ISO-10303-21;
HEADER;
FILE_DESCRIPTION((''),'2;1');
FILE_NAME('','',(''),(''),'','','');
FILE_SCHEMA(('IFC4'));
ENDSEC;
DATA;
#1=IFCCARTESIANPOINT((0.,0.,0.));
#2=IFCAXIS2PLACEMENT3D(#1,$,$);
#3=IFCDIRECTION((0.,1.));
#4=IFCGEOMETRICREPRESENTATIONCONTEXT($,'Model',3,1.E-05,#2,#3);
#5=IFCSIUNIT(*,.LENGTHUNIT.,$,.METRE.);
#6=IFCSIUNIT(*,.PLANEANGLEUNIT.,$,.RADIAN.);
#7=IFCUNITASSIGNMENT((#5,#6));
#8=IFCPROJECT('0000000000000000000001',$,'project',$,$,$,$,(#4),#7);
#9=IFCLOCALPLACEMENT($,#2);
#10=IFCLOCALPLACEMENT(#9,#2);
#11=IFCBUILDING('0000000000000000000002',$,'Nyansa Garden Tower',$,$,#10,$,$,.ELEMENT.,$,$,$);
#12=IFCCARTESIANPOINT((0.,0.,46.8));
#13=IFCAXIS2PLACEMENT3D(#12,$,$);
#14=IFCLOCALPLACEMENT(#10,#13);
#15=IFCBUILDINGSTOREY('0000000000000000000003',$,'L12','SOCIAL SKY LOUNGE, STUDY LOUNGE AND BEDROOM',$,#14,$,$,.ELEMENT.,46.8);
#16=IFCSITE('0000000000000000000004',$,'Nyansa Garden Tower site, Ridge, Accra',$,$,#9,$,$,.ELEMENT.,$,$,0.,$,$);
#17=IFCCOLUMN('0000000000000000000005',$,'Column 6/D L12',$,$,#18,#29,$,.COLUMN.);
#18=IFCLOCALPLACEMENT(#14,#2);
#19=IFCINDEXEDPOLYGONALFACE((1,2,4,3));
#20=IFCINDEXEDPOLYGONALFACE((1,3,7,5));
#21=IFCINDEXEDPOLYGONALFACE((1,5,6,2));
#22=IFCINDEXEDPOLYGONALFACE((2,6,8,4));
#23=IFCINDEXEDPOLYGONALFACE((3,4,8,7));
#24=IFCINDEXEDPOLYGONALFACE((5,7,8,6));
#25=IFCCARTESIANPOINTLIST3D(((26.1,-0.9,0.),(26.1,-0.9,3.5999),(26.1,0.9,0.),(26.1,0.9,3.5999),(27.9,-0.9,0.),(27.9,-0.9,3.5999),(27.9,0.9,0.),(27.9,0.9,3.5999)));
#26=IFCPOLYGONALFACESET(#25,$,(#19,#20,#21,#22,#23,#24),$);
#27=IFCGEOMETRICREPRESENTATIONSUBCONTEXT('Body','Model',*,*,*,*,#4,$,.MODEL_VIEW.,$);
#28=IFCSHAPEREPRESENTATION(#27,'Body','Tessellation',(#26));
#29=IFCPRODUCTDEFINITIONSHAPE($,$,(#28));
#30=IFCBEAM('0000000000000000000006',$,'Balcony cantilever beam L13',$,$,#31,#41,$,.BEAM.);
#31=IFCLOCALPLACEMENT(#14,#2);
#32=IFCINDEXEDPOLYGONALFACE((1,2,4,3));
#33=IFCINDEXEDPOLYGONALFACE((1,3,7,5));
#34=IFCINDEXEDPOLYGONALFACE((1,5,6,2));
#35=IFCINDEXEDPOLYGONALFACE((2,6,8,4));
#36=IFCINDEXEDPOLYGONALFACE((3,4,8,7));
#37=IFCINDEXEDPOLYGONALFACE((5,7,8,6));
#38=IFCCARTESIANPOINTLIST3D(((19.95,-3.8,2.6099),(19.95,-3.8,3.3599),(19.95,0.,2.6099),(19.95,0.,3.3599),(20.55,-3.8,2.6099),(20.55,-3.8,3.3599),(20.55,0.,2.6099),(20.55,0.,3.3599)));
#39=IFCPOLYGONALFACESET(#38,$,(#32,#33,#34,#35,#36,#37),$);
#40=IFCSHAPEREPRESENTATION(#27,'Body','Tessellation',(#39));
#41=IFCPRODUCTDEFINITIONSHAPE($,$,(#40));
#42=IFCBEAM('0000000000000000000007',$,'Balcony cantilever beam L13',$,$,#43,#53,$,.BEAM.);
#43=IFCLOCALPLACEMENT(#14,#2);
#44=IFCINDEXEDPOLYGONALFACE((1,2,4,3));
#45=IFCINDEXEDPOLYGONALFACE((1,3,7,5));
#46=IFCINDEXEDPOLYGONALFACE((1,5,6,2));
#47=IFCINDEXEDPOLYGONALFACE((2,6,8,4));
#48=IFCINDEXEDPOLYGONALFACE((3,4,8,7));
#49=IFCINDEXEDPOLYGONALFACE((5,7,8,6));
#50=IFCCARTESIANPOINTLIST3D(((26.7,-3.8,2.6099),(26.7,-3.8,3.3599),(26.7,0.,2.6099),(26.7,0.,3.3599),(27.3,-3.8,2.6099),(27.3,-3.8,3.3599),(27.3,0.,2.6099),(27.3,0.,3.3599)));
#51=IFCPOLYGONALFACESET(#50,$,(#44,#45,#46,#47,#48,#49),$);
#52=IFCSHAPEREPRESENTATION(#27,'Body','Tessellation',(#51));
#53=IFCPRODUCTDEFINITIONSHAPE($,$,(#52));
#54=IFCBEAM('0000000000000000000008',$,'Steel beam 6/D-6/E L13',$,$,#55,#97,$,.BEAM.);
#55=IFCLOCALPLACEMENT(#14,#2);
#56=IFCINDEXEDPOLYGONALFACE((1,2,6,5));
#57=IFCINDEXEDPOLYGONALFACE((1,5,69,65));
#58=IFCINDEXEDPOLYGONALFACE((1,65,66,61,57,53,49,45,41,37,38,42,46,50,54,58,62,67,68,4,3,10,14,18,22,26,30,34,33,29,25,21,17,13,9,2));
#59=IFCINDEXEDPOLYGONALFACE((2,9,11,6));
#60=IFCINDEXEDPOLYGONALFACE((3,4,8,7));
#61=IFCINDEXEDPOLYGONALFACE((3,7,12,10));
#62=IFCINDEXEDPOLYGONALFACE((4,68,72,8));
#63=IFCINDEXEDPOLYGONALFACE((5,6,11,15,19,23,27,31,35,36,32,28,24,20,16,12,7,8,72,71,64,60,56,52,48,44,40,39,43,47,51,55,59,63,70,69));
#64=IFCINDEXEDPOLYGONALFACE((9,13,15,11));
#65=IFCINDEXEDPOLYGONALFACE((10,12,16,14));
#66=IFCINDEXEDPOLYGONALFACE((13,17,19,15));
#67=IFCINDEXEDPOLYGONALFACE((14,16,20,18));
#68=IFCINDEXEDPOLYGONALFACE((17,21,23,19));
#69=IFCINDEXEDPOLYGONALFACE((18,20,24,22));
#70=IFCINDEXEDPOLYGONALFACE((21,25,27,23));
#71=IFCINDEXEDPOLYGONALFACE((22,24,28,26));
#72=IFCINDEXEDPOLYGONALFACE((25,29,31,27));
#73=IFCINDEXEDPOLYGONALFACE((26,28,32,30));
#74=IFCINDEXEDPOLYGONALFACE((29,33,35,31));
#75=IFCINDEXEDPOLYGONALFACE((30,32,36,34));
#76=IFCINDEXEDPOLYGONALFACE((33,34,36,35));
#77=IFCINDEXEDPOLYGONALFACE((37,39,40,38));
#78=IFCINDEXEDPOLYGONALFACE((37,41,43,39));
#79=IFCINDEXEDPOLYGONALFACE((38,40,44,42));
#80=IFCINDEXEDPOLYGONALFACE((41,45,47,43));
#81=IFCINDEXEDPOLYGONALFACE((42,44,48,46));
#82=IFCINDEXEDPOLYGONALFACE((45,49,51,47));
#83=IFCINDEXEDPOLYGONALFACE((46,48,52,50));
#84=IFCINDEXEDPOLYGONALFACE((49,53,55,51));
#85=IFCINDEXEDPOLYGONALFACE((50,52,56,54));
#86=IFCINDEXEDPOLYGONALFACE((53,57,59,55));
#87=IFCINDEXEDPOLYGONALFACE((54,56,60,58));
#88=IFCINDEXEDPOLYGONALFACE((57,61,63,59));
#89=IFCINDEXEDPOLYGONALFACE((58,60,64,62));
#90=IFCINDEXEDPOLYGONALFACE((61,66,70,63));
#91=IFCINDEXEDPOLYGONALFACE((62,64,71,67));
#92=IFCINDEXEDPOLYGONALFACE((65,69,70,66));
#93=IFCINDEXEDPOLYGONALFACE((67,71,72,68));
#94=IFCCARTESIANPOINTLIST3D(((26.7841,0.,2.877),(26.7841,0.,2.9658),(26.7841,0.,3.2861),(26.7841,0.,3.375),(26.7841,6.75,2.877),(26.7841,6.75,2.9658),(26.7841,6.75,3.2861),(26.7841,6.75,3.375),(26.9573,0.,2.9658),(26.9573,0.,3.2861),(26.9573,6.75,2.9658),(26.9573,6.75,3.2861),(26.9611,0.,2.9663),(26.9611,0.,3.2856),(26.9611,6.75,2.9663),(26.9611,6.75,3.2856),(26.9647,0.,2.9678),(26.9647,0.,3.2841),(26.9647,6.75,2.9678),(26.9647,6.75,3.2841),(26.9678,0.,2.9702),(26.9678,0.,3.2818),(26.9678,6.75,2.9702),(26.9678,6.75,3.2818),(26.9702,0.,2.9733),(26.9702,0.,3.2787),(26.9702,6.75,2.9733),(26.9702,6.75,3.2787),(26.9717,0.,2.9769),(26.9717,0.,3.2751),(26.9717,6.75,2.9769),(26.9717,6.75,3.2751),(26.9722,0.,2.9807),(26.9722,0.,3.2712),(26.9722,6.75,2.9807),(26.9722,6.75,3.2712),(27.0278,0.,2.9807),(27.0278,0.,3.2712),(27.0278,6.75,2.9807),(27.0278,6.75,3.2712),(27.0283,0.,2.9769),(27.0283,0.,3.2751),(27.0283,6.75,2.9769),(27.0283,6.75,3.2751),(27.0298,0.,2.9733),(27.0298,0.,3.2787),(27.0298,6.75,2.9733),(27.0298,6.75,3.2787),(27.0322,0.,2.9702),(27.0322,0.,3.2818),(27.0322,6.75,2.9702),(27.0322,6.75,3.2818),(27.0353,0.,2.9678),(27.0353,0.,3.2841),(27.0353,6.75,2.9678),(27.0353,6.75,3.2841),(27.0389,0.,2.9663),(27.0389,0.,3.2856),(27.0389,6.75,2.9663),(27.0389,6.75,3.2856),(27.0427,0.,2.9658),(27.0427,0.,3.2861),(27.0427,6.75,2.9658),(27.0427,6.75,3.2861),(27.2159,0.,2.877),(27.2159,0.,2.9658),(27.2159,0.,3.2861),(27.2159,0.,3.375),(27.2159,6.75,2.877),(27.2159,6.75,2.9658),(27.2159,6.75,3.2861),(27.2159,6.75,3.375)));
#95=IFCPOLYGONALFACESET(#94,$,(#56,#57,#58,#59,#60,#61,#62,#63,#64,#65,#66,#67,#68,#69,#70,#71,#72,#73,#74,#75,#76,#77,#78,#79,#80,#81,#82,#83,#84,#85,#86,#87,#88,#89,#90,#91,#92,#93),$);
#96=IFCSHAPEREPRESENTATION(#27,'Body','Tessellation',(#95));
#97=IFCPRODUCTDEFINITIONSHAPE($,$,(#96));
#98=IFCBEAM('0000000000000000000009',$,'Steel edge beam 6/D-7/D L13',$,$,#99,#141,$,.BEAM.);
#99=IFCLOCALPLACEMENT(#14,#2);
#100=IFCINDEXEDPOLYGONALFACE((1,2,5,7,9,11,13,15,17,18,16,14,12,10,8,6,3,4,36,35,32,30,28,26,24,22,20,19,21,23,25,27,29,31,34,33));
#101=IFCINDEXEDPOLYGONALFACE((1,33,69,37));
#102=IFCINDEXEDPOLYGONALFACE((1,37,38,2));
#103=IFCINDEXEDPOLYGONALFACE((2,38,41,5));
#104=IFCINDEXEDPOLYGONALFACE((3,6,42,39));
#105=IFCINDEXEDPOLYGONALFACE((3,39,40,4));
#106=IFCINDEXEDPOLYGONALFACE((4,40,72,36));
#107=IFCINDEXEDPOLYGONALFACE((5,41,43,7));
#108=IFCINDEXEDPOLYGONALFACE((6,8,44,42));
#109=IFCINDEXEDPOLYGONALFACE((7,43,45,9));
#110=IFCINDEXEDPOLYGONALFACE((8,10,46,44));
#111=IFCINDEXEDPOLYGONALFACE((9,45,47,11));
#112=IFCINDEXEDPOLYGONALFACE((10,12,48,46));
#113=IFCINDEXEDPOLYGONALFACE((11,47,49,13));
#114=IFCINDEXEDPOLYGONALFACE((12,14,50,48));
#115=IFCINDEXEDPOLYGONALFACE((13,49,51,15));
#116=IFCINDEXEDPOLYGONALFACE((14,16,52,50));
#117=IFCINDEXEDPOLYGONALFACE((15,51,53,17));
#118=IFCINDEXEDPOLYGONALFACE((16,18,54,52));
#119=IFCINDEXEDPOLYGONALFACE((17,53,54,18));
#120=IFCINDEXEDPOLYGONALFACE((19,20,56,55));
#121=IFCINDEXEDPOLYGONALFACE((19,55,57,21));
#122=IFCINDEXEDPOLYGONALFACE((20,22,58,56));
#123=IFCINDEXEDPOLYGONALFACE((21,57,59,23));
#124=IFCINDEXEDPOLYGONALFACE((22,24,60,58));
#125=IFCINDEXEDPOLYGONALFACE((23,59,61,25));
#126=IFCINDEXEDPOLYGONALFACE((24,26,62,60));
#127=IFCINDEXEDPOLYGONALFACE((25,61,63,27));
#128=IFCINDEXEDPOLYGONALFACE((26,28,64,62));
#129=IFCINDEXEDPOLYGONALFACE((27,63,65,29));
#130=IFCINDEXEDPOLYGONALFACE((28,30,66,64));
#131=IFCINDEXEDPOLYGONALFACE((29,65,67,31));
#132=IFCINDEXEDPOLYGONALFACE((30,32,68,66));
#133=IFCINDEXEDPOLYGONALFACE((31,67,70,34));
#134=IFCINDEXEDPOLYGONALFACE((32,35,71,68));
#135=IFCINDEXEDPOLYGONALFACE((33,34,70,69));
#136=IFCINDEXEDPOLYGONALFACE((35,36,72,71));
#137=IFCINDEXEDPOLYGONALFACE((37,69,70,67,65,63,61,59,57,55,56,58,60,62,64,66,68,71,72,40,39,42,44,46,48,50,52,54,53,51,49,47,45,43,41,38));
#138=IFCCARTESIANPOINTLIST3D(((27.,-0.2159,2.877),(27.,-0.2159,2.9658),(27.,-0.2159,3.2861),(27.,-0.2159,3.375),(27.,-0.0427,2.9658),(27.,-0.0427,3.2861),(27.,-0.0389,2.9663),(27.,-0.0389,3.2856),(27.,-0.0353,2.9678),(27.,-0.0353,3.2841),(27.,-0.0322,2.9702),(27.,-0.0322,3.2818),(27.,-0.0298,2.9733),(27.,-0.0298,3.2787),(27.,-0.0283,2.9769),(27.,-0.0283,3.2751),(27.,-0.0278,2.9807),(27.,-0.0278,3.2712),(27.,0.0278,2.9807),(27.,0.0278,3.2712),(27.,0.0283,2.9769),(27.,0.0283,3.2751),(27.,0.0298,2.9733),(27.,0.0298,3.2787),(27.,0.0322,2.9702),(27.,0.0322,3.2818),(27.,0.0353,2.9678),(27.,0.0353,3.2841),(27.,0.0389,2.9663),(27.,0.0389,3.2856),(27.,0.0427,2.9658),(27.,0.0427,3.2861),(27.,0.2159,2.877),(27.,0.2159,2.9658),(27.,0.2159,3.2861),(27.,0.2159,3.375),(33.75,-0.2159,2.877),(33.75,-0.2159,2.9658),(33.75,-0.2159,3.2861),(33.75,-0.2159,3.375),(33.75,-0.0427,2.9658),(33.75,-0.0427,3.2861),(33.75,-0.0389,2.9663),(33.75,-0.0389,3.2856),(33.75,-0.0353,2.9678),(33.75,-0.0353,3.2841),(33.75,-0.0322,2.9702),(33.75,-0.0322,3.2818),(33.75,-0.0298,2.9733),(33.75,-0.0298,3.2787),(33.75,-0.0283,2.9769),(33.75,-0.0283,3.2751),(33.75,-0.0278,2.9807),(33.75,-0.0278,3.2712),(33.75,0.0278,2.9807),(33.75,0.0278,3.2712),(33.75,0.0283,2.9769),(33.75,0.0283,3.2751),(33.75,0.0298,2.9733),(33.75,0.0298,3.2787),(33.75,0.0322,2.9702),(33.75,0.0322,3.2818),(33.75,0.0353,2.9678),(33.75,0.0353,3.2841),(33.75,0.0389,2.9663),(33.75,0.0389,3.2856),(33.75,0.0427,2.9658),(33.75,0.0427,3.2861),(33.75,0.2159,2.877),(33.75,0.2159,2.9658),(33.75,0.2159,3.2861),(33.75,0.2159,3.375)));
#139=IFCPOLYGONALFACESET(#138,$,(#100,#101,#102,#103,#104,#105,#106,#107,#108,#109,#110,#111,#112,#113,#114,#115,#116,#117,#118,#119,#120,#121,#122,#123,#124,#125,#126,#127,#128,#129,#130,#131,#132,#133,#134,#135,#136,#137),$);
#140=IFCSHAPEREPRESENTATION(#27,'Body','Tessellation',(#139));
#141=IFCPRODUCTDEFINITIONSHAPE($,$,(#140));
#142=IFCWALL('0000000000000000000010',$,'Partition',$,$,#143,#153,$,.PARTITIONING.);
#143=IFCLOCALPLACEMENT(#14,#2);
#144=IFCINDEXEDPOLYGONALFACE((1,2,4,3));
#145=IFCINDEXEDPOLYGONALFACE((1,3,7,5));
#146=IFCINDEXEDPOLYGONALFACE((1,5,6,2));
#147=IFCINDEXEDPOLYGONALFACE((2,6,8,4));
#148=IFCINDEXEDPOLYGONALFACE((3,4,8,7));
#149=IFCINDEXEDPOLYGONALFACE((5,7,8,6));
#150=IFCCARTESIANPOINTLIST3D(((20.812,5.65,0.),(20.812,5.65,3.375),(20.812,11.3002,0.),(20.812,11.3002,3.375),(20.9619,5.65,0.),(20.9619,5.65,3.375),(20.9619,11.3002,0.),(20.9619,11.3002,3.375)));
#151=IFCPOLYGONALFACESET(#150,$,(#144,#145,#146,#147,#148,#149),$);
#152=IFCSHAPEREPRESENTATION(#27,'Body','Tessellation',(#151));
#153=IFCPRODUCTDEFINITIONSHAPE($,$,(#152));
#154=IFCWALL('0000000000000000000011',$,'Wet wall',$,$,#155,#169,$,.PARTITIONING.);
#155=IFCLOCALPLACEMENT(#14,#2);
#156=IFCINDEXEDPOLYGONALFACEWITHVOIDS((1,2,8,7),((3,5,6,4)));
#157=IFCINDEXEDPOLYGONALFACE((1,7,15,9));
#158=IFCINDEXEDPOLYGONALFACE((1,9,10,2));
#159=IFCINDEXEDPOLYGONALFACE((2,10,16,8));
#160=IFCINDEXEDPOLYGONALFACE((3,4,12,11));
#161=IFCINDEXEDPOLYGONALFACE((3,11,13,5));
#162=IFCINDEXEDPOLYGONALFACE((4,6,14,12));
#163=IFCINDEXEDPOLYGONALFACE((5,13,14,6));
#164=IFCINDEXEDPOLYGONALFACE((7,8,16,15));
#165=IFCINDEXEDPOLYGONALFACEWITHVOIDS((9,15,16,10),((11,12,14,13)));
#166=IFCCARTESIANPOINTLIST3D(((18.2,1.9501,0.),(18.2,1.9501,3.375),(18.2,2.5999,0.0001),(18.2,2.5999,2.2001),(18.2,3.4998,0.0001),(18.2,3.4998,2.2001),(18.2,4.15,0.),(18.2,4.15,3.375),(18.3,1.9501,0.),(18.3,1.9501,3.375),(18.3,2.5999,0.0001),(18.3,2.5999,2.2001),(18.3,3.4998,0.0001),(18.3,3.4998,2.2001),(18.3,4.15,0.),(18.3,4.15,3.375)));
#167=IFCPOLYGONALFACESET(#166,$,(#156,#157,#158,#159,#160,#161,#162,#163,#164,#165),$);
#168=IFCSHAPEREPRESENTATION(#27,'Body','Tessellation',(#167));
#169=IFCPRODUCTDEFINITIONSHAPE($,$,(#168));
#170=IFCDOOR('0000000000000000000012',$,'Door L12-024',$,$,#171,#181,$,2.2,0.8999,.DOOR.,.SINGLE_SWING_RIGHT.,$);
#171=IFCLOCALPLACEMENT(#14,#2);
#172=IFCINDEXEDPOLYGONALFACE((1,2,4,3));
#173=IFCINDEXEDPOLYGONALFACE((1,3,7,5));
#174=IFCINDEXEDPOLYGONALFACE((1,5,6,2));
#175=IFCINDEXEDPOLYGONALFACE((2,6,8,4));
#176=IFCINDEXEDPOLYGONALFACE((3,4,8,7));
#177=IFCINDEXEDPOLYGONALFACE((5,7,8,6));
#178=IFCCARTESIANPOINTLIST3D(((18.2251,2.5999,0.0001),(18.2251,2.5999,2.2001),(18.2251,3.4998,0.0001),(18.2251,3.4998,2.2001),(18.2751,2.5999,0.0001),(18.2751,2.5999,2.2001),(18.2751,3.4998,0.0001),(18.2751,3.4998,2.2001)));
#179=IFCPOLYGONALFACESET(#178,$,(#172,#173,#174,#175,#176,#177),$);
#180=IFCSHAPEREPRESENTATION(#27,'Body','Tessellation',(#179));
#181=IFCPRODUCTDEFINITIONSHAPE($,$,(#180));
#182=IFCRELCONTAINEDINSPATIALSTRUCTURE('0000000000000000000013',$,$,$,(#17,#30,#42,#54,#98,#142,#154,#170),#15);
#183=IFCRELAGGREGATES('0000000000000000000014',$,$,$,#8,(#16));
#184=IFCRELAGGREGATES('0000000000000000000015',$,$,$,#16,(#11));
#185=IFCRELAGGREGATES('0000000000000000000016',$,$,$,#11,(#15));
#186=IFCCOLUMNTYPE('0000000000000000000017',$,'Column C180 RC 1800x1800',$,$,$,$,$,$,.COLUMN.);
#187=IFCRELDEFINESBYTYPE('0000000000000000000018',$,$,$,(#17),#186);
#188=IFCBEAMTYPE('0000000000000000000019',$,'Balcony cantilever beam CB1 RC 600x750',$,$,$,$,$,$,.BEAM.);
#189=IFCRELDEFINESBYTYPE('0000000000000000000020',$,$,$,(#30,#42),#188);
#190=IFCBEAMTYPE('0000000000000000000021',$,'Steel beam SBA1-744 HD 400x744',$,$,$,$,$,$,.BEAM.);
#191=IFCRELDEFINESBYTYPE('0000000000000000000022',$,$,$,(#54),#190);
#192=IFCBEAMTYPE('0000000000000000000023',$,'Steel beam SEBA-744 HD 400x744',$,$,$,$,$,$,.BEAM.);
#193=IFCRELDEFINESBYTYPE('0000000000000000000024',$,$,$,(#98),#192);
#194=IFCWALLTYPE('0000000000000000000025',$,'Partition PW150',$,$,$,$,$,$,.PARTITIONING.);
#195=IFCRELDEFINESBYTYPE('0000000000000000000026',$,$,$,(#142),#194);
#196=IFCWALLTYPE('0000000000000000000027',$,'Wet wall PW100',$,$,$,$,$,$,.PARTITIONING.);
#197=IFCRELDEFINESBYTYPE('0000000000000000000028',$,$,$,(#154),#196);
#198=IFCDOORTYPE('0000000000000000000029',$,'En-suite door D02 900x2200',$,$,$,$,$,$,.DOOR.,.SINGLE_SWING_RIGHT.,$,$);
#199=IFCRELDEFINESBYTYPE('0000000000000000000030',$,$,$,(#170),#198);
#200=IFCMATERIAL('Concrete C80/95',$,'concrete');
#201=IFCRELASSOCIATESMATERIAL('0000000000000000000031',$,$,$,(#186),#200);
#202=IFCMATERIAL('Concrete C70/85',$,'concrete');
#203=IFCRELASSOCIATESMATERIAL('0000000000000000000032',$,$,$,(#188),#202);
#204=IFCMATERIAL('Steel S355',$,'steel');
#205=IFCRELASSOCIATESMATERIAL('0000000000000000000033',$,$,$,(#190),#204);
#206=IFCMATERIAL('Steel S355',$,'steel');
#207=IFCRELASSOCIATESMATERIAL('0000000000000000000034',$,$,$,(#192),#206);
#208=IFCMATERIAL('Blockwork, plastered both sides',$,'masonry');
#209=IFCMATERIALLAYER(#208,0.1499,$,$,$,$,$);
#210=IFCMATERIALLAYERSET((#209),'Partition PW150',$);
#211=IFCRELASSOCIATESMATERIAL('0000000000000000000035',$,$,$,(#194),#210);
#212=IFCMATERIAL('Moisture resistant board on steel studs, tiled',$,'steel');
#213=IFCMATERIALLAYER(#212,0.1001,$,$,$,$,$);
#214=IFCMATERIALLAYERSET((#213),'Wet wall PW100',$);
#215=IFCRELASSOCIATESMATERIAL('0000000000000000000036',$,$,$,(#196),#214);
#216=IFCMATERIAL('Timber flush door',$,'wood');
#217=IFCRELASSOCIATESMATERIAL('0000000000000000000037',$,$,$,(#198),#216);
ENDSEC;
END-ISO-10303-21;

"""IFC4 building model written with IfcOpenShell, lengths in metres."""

from ifc_helpers import new_model, si_unit, direction, frame, frame_2d, origin, origin_2d, place, context, subcontext, project, spatial, rectangle, i_section, extrude, material, layer, layer_set, material_profile, profile_set, type_object, element, fill, save


model = new_model("IFC4")

# Units and contexts
model_context = context("Model", 3, precision=1e-05, world=origin(), true_north=direction((0.0, 1.0)))
body_context = subcontext(model_context, "Body", "Model", "MODEL_VIEW")
ifc_project = project(units=[si_unit("LENGTHUNIT", "METRE"), si_unit("PLANEANGLEUNIT", "RADIAN")], contexts=[model_context])

# Site, building, storey
site_placement = place(None, origin())
site = spatial("IfcSite", under=ifc_project, at=site_placement, Name="Nyansa Garden Tower site, Ridge, Accra", CompositionType="ELEMENT", RefElevation=0.0)
building_placement = place(site_placement, origin())
building = spatial("IfcBuilding", under=site, at=building_placement, Name="Nyansa Garden Tower", CompositionType="ELEMENT")
storey_placement = place(building_placement, frame((0.0, 0.0, 46.8)))
storey = spatial("IfcBuildingStorey", under=building, at=storey_placement, Name="L12", Description="SOCIAL SKY LOUNGE, STUDY LOUNGE AND BEDROOM", CompositionType="ELEMENT", Elevation=46.8)

# Column
ifc_material_1 = material(Name="Concrete C80/95", Category="concrete")
ifc_material_profile_1 = material_profile(ifc_material_1, rectangle(XDim=1.8, YDim=1.8, at=origin_2d()), Name="RC 1800x1800")
ifc_profile_set_1 = profile_set([ifc_material_profile_1], Name="Concrete C80/95")
column_type = type_object("IfcColumnType", Name="Column C180 RC 1800x1800", PredefinedType="COLUMN", material=ifc_profile_set_1)
column_placement = place(storey_placement, frame((27.0, 0.0, 0.0), z_axis=(0.0, 0.0, 1.0), x_axis=(1.0, 0.0, 0.0)))
element("IfcColumn", 1, at=column_placement, inside=storey, type_object=column_type, Name="Column 6/D L12", PredefinedType="COLUMN", context=body_context, shape_type="SweptSolid", body=[
    extrude(rectangle(XDim=1.8, YDim=1.8, at=origin_2d()), origin(), (0.0, 0.0, 1.0), 3.5999),
])

# Beams
ifc_material_2 = material(Name="Concrete C70/85", Category="concrete")
ifc_material_profile_2 = material_profile(ifc_material_2, rectangle(XDim=0.6001, YDim=0.75, at=origin_2d()), Name="RC 600x750")
ifc_profile_set_2 = profile_set([ifc_material_profile_2], Name="Concrete C70/85")
beam_type_1 = type_object("IfcBeamType", Name="Balcony cantilever beam CB1 RC 600x750", PredefinedType="BEAM", material=ifc_profile_set_2)
for number, where, z_axis, x_axis, name in (
    (2, (20.25, 0.0, 2.9849), (0.0, -1.0, 0.0), (1.0, 0.0, 0.0), "Balcony cantilever beam L13"),
    (3, (27.0, 0.0, 2.9849), (0.0, -1.0, 0.0), (1.0, 0.0, 0.0), "Balcony cantilever beam L13"),
):
    element("IfcBeam", number, at=place(storey_placement, frame(where, z_axis=z_axis, x_axis=x_axis)), inside=storey, type_object=beam_type_1, Name=name, PredefinedType="BEAM", context=body_context, shape_type="SweptSolid", body=[
        extrude(rectangle(XDim=0.6001, YDim=0.75, at=origin_2d()), origin(), (0.0, 0.0, 1.0), 3.8),
    ])
ifc_material_3 = material(Name="Steel S355", Category="steel")
ifc_material_profile_3 = material_profile(ifc_material_3, i_section(OverallWidth=0.4319, OverallDepth=0.498, WebThickness=0.0557, FlangeThickness=0.0889, FilletRadius=0.0149, at=origin_2d()), Name="HD 400x744")
ifc_profile_set_3 = profile_set([ifc_material_profile_3], Name="Steel S355")
beam_type_2 = type_object("IfcBeamType", Name="Steel beam SBA1-744 HD 400x744", PredefinedType="BEAM", material=ifc_profile_set_3)
beam_1_placement = place(storey_placement, frame((27.0, 0.0, 3.126), z_axis=(0.0, 1.0, 0.0), x_axis=(-1.0, 0.0, 0.0)))
element("IfcBeam", 4, at=beam_1_placement, inside=storey, type_object=beam_type_2, Name="Steel beam 6/D-6/E L13", PredefinedType="BEAM", context=body_context, shape_type="SweptSolid", body=[
    extrude(i_section(OverallWidth=0.4319, OverallDepth=0.498, WebThickness=0.0557, FlangeThickness=0.0889, FilletRadius=0.0149, at=origin_2d()), origin(), (0.0, 0.0, 1.0), 6.75),
])
ifc_material_4 = material(Name="Steel S355", Category="steel")
ifc_material_profile_4 = material_profile(ifc_material_4, i_section(OverallWidth=0.4319, OverallDepth=0.498, WebThickness=0.0557, FlangeThickness=0.0889, FilletRadius=0.0149, at=origin_2d()), Name="HD 400x744")
ifc_profile_set_4 = profile_set([ifc_material_profile_4], Name="Steel S355")
beam_type_3 = type_object("IfcBeamType", Name="Steel beam SEBA-744 HD 400x744", PredefinedType="BEAM", material=ifc_profile_set_4)
beam_2_placement = place(storey_placement, frame((27.0, 0.0, 3.126), z_axis=(1.0, 0.0, 0.0), x_axis=(0.0, 1.0, 0.0)))
element("IfcBeam", 5, at=beam_2_placement, inside=storey, type_object=beam_type_3, Name="Steel edge beam 6/D-7/D L13", PredefinedType="BEAM", context=body_context, shape_type="SweptSolid", body=[
    extrude(i_section(OverallWidth=0.4319, OverallDepth=0.498, WebThickness=0.0557, FlangeThickness=0.0889, FilletRadius=0.0149, at=origin_2d()), origin(), (0.0, 0.0, 1.0), 6.75),
])

# Wall
ifc_material_5 = material(Name="Blockwork, plastered both sides", Category="masonry")
ifc_layer_1 = layer(ifc_material_5, 0.1499)
ifc_layer_set_1 = layer_set([ifc_layer_1], Name="Partition PW150")
wall_type_1 = type_object("IfcWallType", Name="Partition PW150", PredefinedType="PARTITIONING", material=ifc_layer_set_1)
wall_1_placement = place(storey_placement, frame((20.887, 5.6499, 0.0), z_axis=(0.0, 0.0, 1.0), x_axis=(0.0, 1.0, 0.0)))
element("IfcWall", 6, at=wall_1_placement, inside=storey, type_object=wall_type_1, Name="Partition", PredefinedType="PARTITIONING", context=body_context, shape_type="SweptSolid", body=[
    extrude(rectangle(XDim=5.6501, YDim=0.1499, at=frame_2d((2.8252, 0.0))), origin(), (0.0, 0.0, 1.0), 3.375),
])

# Wall, opening, door
ifc_material_6 = material(Name="Moisture resistant board on steel studs, tiled", Category="steel")
ifc_layer_2 = layer(ifc_material_6, 0.1001)
ifc_layer_set_2 = layer_set([ifc_layer_2], Name="Wet wall PW100")
wall_type_2 = type_object("IfcWallType", Name="Wet wall PW100", PredefinedType="PARTITIONING", material=ifc_layer_set_2)
wall_2_placement = place(storey_placement, frame((18.25, 1.95, 0.0), z_axis=(0.0, 0.0, 1.0), x_axis=(0.0, 1.0, 0.0)))
wall_2 = element("IfcWall", 7, at=wall_2_placement, inside=storey, type_object=wall_type_2, Name="Wet wall", PredefinedType="PARTITIONING", context=body_context, shape_type="SweptSolid", body=[
    extrude(rectangle(XDim=2.2, YDim=0.1001, at=frame_2d((1.1001, 0.0))), origin(), (0.0, 0.0, 1.0), 3.375),
])
opening_1_placement = place(wall_2_placement, frame((0.6499, 0.0, 0.0)))
opening_1 = element("IfcOpeningElement", 8, at=opening_1_placement, cuts=wall_2, PredefinedType="OPENING", context=body_context, shape_type="SweptSolid", body=[
    extrude(rectangle(XDim=0.8999, YDim=2.2, at=frame_2d((0.45, 1.1001))), frame((0.0, 0.0601, 0.0), z_axis=(0.0, -1.0, 0.0), x_axis=(1.0, 0.0, 0.0)), (0.0, 0.0, 1.0), 0.1201),
])
ifc_material_7 = material(Name="Timber flush door", Category="wood")
door_type = type_object("IfcDoorType", Name="En-suite door D02 900x2200", OperationType="SINGLE_SWING_RIGHT", PredefinedType="DOOR", material=ifc_material_7)
door_1_placement = place(opening_1_placement, origin())
door_1 = element("IfcDoor", 9, at=door_1_placement, inside=storey, type_object=door_type, Name="Door L12-024", OperationType="SINGLE_SWING_RIGHT", OverallHeight=2.2, OverallWidth=0.8999, PredefinedType="DOOR", context=body_context, shape_type="SweptSolid", body=[
    extrude(rectangle(XDim=0.8999, YDim=2.2, at=frame_2d((0.45, 1.1001))), frame((0.0, 0.0249, 0.0), z_axis=(0.0, -1.0, 0.0), x_axis=(1.0, 0.0, 0.0)), (0.0, 0.0, 1.0), 0.05),
])
fill(opening_1, door_1)

save(model, "model.ifc")
